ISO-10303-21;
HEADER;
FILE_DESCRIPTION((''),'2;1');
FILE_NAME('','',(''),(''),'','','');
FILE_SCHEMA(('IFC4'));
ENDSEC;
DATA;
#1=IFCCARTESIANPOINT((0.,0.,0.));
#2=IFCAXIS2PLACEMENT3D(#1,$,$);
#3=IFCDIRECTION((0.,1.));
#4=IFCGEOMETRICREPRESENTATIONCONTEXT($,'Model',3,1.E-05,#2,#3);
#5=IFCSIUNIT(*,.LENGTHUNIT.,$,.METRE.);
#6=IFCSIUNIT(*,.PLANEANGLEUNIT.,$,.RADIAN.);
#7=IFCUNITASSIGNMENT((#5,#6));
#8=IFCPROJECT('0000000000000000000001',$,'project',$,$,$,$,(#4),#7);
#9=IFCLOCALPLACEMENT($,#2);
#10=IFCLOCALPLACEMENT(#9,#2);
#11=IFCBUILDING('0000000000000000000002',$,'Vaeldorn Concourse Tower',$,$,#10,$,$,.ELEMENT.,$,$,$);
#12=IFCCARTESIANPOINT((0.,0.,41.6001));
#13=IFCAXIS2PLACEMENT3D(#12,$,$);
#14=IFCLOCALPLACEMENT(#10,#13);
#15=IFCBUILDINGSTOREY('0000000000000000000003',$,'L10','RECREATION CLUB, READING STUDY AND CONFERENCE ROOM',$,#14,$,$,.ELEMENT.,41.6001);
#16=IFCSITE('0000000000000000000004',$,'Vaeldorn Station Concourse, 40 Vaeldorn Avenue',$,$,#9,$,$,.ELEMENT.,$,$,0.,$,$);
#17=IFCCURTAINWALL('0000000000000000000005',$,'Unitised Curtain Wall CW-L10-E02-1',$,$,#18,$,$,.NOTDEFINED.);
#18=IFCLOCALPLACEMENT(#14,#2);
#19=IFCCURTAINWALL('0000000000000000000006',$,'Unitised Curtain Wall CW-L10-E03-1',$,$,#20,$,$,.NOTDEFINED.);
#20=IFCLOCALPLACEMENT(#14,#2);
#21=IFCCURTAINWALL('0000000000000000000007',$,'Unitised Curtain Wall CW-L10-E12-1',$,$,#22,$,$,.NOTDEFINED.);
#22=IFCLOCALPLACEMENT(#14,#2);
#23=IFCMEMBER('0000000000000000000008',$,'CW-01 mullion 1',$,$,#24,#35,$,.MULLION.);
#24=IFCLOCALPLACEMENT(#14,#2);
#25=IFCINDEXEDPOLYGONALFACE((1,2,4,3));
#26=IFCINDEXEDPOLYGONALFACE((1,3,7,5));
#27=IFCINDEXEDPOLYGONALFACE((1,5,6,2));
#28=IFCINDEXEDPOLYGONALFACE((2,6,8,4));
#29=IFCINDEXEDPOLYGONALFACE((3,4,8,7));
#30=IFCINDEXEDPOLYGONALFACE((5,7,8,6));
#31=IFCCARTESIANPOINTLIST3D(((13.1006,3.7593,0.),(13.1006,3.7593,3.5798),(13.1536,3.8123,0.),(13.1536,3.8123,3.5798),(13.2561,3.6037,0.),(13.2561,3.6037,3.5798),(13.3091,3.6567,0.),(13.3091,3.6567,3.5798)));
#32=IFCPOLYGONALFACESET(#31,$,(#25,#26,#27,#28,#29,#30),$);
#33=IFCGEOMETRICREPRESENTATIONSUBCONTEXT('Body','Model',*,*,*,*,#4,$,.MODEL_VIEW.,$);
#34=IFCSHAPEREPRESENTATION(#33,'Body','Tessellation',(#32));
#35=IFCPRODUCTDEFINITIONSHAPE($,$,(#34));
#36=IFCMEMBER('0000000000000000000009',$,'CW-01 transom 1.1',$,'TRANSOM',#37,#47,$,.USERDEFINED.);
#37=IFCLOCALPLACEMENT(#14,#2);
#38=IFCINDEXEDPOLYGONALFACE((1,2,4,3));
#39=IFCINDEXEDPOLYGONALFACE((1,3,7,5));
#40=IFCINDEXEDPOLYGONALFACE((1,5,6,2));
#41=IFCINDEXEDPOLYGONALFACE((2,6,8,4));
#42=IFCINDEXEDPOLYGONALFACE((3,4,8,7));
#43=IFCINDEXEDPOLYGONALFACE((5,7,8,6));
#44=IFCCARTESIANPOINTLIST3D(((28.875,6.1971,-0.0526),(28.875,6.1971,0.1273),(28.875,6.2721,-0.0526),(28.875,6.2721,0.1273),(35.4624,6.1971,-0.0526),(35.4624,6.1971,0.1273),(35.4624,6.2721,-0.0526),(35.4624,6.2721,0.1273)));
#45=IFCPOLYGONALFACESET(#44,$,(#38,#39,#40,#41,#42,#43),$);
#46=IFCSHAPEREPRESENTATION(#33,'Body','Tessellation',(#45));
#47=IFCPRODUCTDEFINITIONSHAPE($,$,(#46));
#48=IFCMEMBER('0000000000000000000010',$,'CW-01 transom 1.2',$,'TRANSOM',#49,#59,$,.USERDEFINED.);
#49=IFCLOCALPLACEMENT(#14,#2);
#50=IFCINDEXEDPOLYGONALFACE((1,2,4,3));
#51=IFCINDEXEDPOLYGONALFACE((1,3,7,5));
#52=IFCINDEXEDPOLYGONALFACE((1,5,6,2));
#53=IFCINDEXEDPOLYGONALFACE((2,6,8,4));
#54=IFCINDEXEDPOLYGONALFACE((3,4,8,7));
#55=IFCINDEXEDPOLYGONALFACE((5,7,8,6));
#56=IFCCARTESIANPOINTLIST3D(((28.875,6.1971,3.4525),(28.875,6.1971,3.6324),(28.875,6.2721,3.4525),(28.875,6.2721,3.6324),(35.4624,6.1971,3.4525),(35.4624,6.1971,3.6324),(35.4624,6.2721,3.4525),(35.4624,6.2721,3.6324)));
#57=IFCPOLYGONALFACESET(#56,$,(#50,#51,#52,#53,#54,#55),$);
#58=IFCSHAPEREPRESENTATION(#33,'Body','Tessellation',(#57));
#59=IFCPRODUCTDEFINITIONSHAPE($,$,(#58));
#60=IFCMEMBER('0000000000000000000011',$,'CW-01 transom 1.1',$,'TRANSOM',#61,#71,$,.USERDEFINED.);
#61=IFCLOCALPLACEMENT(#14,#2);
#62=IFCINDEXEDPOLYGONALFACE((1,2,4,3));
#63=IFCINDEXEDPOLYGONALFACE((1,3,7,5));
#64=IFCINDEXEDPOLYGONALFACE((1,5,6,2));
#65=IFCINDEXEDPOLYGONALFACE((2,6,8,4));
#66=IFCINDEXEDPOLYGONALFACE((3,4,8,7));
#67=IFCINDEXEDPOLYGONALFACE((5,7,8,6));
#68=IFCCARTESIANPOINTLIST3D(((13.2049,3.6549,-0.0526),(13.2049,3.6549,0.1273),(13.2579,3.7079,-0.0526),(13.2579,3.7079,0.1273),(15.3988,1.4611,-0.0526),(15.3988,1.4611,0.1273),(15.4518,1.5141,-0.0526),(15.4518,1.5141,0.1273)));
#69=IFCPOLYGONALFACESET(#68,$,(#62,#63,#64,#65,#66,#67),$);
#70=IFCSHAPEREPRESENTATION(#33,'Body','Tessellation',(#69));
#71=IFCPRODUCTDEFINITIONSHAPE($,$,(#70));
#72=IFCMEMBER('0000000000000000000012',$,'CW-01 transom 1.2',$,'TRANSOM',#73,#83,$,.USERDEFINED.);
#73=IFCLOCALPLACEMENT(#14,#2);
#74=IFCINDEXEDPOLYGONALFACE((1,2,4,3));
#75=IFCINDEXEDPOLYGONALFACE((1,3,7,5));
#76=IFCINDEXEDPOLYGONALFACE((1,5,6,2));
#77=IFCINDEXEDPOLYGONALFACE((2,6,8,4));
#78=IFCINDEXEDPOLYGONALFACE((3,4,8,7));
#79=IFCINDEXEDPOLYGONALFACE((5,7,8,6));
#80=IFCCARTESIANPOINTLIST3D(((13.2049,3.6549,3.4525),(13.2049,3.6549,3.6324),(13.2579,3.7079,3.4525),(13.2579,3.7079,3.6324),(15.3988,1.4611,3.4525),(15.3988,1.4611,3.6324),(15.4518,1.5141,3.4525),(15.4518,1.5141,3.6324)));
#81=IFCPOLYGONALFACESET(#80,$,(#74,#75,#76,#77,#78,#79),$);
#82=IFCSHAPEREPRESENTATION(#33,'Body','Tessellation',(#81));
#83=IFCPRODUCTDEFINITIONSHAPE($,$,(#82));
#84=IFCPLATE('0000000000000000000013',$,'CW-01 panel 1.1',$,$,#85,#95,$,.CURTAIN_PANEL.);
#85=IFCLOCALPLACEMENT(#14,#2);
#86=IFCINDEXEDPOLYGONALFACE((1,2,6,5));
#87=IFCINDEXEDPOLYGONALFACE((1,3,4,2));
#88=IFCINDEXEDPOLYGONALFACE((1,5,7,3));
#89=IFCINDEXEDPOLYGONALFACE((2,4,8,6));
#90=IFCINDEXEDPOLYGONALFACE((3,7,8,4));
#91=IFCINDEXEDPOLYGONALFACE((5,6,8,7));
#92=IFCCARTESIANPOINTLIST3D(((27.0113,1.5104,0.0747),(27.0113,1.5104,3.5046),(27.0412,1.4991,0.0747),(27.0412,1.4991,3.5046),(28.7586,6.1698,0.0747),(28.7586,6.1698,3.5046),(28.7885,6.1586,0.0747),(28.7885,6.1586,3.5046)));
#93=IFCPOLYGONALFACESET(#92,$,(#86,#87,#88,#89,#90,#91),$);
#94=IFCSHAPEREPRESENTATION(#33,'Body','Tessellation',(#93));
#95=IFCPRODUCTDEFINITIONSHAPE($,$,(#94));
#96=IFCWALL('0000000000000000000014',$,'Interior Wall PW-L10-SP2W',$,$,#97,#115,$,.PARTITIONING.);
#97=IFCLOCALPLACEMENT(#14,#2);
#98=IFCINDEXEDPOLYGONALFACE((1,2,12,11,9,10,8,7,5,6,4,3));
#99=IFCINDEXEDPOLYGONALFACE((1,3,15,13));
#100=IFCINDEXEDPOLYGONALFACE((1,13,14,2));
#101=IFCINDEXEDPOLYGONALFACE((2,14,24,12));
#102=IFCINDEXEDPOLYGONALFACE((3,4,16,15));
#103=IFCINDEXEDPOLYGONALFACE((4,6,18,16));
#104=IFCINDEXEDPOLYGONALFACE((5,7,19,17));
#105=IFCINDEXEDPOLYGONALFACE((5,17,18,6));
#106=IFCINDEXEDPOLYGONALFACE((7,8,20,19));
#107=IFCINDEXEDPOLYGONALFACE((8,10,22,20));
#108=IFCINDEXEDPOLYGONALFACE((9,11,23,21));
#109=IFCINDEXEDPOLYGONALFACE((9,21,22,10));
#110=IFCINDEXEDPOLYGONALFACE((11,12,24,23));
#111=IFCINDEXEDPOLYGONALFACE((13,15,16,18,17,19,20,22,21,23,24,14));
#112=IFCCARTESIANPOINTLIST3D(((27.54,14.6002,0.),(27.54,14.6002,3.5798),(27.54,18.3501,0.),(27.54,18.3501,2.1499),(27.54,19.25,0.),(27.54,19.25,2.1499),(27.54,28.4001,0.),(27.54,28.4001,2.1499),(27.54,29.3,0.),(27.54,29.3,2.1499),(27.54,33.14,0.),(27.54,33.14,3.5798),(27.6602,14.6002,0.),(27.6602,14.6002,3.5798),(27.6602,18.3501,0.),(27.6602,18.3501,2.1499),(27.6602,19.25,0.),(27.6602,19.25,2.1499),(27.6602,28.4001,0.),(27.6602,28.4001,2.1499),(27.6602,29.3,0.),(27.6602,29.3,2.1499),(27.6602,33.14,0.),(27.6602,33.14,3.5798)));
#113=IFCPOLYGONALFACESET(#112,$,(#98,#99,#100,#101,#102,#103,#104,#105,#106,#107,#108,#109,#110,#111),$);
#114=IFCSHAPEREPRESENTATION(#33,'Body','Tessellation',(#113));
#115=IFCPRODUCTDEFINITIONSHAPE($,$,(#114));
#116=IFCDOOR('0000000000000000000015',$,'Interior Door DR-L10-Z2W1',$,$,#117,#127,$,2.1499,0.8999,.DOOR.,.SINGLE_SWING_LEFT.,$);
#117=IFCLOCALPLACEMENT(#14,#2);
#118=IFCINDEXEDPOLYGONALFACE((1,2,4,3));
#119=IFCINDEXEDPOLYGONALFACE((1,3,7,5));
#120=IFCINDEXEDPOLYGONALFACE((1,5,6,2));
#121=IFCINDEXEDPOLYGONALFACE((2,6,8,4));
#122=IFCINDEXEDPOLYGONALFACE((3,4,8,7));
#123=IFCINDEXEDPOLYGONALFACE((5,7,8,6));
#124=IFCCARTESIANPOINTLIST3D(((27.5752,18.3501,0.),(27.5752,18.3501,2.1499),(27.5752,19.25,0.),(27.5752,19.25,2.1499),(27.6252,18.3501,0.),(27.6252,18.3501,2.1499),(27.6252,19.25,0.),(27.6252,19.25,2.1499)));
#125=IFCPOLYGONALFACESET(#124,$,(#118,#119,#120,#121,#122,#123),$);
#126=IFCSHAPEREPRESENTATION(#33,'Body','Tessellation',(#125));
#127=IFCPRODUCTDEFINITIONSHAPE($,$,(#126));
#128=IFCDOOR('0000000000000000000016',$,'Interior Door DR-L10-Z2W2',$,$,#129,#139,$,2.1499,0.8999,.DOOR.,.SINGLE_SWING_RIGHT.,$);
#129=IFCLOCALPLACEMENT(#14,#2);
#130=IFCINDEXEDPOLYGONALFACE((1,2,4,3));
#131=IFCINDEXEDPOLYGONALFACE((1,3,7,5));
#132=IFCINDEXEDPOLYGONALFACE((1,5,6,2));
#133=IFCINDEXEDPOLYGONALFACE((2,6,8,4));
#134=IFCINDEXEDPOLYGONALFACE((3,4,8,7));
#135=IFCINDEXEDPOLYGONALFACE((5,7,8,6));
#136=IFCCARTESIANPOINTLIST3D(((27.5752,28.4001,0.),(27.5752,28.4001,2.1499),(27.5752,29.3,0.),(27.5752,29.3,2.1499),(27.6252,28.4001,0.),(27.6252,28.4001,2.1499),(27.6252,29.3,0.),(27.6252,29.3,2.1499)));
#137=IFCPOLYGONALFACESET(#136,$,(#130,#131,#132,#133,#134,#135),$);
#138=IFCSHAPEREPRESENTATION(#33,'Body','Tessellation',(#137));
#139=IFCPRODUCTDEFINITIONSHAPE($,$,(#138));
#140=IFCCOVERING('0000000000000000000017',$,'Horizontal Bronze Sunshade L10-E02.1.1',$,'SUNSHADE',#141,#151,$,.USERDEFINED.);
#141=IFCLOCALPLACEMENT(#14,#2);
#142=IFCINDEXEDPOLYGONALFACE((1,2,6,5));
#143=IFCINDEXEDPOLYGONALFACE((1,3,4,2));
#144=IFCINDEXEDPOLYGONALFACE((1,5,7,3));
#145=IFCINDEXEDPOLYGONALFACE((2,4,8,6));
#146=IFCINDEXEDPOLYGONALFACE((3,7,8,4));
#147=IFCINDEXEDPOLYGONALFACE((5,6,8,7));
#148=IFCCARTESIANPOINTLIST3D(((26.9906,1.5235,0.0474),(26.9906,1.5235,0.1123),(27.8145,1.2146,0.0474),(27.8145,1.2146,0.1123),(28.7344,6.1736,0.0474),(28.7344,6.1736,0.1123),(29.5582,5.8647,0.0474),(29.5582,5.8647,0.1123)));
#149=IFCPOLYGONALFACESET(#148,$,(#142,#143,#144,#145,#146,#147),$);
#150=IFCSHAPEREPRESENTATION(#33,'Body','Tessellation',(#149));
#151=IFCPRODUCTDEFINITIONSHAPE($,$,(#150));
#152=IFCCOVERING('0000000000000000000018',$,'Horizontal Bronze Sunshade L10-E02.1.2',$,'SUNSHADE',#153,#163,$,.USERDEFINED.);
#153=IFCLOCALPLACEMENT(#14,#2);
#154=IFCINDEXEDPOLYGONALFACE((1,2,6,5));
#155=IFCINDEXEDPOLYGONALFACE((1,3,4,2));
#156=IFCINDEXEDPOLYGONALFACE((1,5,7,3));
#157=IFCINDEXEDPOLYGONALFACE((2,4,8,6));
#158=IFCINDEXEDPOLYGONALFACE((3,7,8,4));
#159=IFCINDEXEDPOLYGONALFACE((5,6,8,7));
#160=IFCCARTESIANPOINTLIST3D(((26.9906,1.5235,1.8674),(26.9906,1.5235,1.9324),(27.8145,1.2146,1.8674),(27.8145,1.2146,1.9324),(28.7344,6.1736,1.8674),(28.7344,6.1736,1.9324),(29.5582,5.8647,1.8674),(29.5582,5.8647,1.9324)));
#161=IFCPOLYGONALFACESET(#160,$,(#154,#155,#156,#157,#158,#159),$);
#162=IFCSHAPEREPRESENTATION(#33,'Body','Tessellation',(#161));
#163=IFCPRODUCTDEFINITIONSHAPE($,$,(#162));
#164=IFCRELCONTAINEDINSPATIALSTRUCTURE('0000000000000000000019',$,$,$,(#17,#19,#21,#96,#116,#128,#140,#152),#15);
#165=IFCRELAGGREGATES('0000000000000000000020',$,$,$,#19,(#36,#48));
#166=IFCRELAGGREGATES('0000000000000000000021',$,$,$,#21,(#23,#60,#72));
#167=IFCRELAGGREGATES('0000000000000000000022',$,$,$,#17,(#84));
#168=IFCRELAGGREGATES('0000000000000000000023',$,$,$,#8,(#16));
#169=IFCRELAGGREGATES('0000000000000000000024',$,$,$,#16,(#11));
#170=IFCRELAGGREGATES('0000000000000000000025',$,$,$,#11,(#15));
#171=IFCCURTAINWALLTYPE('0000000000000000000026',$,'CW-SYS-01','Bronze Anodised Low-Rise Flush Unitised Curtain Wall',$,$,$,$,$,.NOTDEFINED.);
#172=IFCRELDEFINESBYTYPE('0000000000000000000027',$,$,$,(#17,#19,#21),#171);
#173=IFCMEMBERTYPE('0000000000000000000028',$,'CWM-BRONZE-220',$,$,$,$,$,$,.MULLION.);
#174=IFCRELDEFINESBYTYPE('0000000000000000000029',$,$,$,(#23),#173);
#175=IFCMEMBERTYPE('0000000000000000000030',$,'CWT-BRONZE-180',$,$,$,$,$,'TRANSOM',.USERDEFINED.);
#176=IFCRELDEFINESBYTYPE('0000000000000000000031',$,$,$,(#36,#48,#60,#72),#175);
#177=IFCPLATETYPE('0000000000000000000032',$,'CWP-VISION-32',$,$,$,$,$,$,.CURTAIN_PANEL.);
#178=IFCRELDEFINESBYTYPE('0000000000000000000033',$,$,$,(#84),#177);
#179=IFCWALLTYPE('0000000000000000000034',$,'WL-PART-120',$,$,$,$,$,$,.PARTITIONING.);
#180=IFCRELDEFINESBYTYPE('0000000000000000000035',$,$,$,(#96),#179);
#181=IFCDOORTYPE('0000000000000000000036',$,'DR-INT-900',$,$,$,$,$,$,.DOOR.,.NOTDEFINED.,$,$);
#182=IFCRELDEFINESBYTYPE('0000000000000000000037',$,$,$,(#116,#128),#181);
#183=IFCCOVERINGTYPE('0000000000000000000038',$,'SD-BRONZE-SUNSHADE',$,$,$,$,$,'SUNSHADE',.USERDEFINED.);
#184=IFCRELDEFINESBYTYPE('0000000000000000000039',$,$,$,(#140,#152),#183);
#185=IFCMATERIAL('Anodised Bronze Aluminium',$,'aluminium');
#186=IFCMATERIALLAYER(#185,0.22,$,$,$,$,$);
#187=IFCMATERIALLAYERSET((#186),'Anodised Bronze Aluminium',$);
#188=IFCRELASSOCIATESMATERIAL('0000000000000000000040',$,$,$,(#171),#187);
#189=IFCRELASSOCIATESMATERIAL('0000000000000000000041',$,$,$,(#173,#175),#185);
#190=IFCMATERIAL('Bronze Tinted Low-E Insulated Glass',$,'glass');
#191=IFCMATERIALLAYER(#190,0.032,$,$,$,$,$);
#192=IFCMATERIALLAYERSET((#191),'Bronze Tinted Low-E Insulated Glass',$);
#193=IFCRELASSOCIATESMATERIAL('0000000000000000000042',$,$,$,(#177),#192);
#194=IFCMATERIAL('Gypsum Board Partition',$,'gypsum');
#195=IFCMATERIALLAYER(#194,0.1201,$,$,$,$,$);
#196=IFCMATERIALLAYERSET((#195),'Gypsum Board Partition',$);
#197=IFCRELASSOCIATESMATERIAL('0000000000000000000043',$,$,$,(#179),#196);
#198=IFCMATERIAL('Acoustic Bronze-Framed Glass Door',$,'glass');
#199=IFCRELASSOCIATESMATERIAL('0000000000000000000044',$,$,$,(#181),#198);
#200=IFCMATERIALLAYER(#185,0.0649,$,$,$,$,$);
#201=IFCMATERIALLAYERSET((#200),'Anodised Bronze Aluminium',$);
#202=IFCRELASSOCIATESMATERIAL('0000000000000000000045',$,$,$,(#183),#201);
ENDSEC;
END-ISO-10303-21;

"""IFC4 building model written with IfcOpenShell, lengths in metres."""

from ifc_helpers import new_model, si_unit, direction, frame, frame_2d, origin, origin_2d, place, context, subcontext, project, spatial, rectangle, extrude, source, transform, mapped, material, layer, layer_set, material_profile, profile_set, type_object, element, fill, aggregate, save


model = new_model("IFC4")

# Units and contexts
model_context = context("Model", 3, precision=1e-05, world=origin(), true_north=direction((0.0, 1.0)))
body_context = subcontext(model_context, "Body", "Model", "MODEL_VIEW")
ifc_project = project(units=[si_unit("LENGTHUNIT", "METRE"), si_unit("PLANEANGLEUNIT", "RADIAN")], contexts=[model_context])

# Site, building, storey
site_placement = place(None, origin())
site = spatial("IfcSite", under=ifc_project, at=site_placement, Name="Vaeldorn Station Concourse, 40 Vaeldorn Avenue", CompositionType="ELEMENT", RefElevation=0.0)
building_placement = place(site_placement, origin())
building = spatial("IfcBuilding", under=site, at=building_placement, Name="Vaeldorn Concourse Tower", CompositionType="ELEMENT")
storey_placement = place(building_placement, frame((0.0, 0.0, 41.6001)))
storey = spatial("IfcBuildingStorey", under=building, at=storey_placement, Name="L10", Description="RECREATION CLUB, READING STUDY AND CONFERENCE ROOM", CompositionType="ELEMENT", Elevation=41.6001)

# Curtain walls, member
ifc_material_1 = material(Name="Anodised Bronze Aluminium", Category="aluminium")
ifc_layer_1 = layer(ifc_material_1, 0.22)
ifc_layer_set_1 = layer_set([ifc_layer_1], Name="Anodised Bronze Aluminium")
curtain_wall_type = type_object("IfcCurtainWallType", Name="CW-SYS-01", Description="Bronze Anodised Low-Rise Flush Unitised Curtain Wall", PredefinedType="NOTDEFINED", material=ifc_layer_set_1)
curtain_wall_1_placement = place(storey_placement, origin())
curtain_wall_1 = element("IfcCurtainWall", 1, at=curtain_wall_1_placement, inside=storey, type_object=curtain_wall_type, Name="Unitised Curtain Wall CW-L10-E02-1", PredefinedType="NOTDEFINED")
ifc_material_profile_1 = material_profile(ifc_material_1, rectangle(XDim=0.075, YDim=0.22, at=origin_2d()), Name="CWM 75x220")
ifc_profile_set_1 = profile_set([ifc_material_profile_1], Name="Anodised Bronze Aluminium")
member_type_1 = type_object("IfcMemberType", Name="CWM-BRONZE-220", PredefinedType="MULLION", material=ifc_profile_set_1)
shared_shape_1 = source(origin(), body_context, "Body", "SweptSolid", [
    extrude(rectangle(XDim=0.075, YDim=0.22, at=origin_2d()), origin(), (0.0, 0.0, 1.0), 3.5798),
])
curtain_wall_2_placement = place(storey_placement, origin())
curtain_wall_2 = element("IfcCurtainWall", 2, at=curtain_wall_2_placement, inside=storey, type_object=curtain_wall_type, Name="Unitised Curtain Wall CW-L10-E03-1", PredefinedType="NOTDEFINED")
curtain_wall_3_placement = place(storey_placement, origin())
curtain_wall_3 = element("IfcCurtainWall", 3, at=curtain_wall_3_placement, inside=storey, type_object=curtain_wall_type, Name="Unitised Curtain Wall CW-L10-E12-1", PredefinedType="NOTDEFINED")
member_1_placement = place(storey_placement, frame((13.2048, 3.708, 0.0), z_axis=(0.0, 0.0, 1.0), x_axis=(0.707107, 0.707107, 0.0)))
member_1 = element("IfcMember", 4, at=member_1_placement, type_object=member_type_1, Name="CW-01 mullion 1", PredefinedType="MULLION", context=body_context, shape_type="MappedRepresentation", body=[
    mapped(shared_shape_1, transform((0.0, 0.0, 0.0), scale=1.0)),
])

# Members
ifc_material_profile_2 = material_profile(ifc_material_1, rectangle(XDim=0.075, YDim=0.1799, at=origin_2d()), Name="CWT 75x180")
ifc_profile_set_2 = profile_set([ifc_material_profile_2], Name="Anodised Bronze Aluminium")
member_type_2 = type_object("IfcMemberType", Name="CWT-BRONZE-180", ElementType="TRANSOM", PredefinedType="USERDEFINED", material=ifc_profile_set_2)
shared_shape_2 = source(origin(), body_context, "Body", "SweptSolid", [
    extrude(rectangle(XDim=0.075, YDim=0.1799, at=origin_2d()), origin(), (0.0, 0.0, 1.0), 6.5874),
])
member_2_placement = place(storey_placement, frame((28.875, 6.2346, 0.0374), z_axis=(1.0, 0.0, 0.0), x_axis=(0.0, 1.0, 0.0)))
member_2 = element("IfcMember", 5, at=member_2_placement, type_object=member_type_2, Name="CW-01 transom 1.1", ObjectType="TRANSOM", PredefinedType="USERDEFINED", context=body_context, shape_type="MappedRepresentation", body=[
    mapped(shared_shape_2, transform((0.0, 0.0, 0.0), scale=1.0)),
])
member_3_placement = place(storey_placement, frame((28.875, 6.2346, 3.5425), z_axis=(1.0, 0.0, 0.0), x_axis=(0.0, 1.0, 0.0)))
member_3 = element("IfcMember", 6, at=member_3_placement, type_object=member_type_2, Name="CW-01 transom 1.2", ObjectType="TRANSOM", PredefinedType="USERDEFINED", context=body_context, shape_type="MappedRepresentation", body=[
    mapped(shared_shape_2, transform((0.0, 0.0, 0.0), scale=1.0)),
])
aggregate(curtain_wall_2, [member_2, member_3])
shared_shape_3 = source(origin(), body_context, "Body", "SweptSolid", [
    extrude(rectangle(XDim=0.075, YDim=0.1799, at=origin_2d()), origin(), (0.0, 0.0, 1.0), 3.1025),
])
member_4_placement = place(storey_placement, frame((13.2314, 3.6814, 0.0374), z_axis=(0.707107, -0.707107, 0.0), x_axis=(0.707107, 0.707107, 0.0)))
member_4 = element("IfcMember", 7, at=member_4_placement, type_object=member_type_2, Name="CW-01 transom 1.1", ObjectType="TRANSOM", PredefinedType="USERDEFINED", context=body_context, shape_type="MappedRepresentation", body=[
    mapped(shared_shape_3, transform((0.0, 0.0, 0.0), scale=1.0)),
])
member_5_placement = place(storey_placement, frame((13.2314, 3.6814, 3.5425), z_axis=(0.707107, -0.707107, 0.0), x_axis=(0.707107, 0.707107, 0.0)))
member_5 = element("IfcMember", 8, at=member_5_placement, type_object=member_type_2, Name="CW-01 transom 1.2", ObjectType="TRANSOM", PredefinedType="USERDEFINED", context=body_context, shape_type="MappedRepresentation", body=[
    mapped(shared_shape_3, transform((0.0, 0.0, 0.0), scale=1.0)),
])
aggregate(curtain_wall_3, [member_1, member_4, member_5])

# Plate
ifc_material_2 = material(Name="Bronze Tinted Low-E Insulated Glass", Category="glass")
ifc_layer_2 = layer(ifc_material_2, 0.032)
ifc_layer_set_2 = layer_set([ifc_layer_2], Name="Bronze Tinted Low-E Insulated Glass")
plate_type = type_object("IfcPlateType", Name="CWP-VISION-32", PredefinedType="CURTAIN_PANEL", material=ifc_layer_set_2)
shared_shape_4 = source(origin(), body_context, "Body", "SweptSolid", [
    extrude(rectangle(XDim=4.9763, YDim=0.032, at=origin_2d()), origin(), (0.0, 0.0, 1.0), 3.4299),
])
plate_placement = place(storey_placement, frame((27.8999, 3.8345, 0.0747), z_axis=(0.0, 0.0, 1.0), x_axis=(0.351123, 0.936329, 0.0)))
plate = element("IfcPlate", 9, at=plate_placement, type_object=plate_type, Name="CW-01 panel 1.1", PredefinedType="CURTAIN_PANEL", context=body_context, shape_type="MappedRepresentation", body=[
    mapped(shared_shape_4, transform((0.0, 0.0, 0.0), scale=1.0)),
])
aggregate(curtain_wall_1, [plate])

# Wall, openings, doors
ifc_material_3 = material(Name="Gypsum Board Partition", Category="gypsum")
ifc_layer_3 = layer(ifc_material_3, 0.1201)
ifc_layer_set_3 = layer_set([ifc_layer_3], Name="Gypsum Board Partition")
wall_type = type_object("IfcWallType", Name="WL-PART-120", PredefinedType="PARTITIONING", material=ifc_layer_set_3)
wall_1_placement = place(storey_placement, frame((27.6001, 14.6001, 0.0), z_axis=(0.0, 0.0, 1.0), x_axis=(0.0, 1.0, 0.0)))
wall_1 = element("IfcWall", 10, at=wall_1_placement, inside=storey, type_object=wall_type, Name="Interior Wall PW-L10-SP2W", PredefinedType="PARTITIONING", context=body_context, shape_type="SweptSolid", body=[
    extrude(rectangle(XDim=18.5398, YDim=0.1201, at=frame_2d((9.27, 0.0))), origin(), (0.0, 0.0, 1.0), 3.5798),
])
opening_1_placement = place(wall_1_placement, frame((3.75, 0.0, 0.0)))
opening_1 = element("IfcOpeningElement", 11, at=opening_1_placement, cuts=wall_1, PredefinedType="OPENING", context=body_context, shape_type="SweptSolid", body=[
    extrude(rectangle(XDim=0.8999, YDim=2.1499, at=frame_2d((0.45, 1.075))), frame((0.0, 0.0701, 0.0), z_axis=(0.0, -1.0, 0.0), x_axis=(1.0, 0.0, 0.0)), (0.0, 0.0, 1.0), 0.1401),
])
opening_2_placement = place(wall_1_placement, frame((13.8, 0.0, 0.0)))
opening_2 = element("IfcOpeningElement", 12, at=opening_2_placement, cuts=wall_1, PredefinedType="OPENING", context=body_context, shape_type="SweptSolid", body=[
    extrude(rectangle(XDim=0.8999, YDim=2.1499, at=frame_2d((0.45, 1.075))), frame((0.0, 0.0701, 0.0), z_axis=(0.0, -1.0, 0.0), x_axis=(1.0, 0.0, 0.0)), (0.0, 0.0, 1.0), 0.1401),
])
ifc_material_4 = material(Name="Acoustic Bronze-Framed Glass Door", Category="glass")
door_type = type_object("IfcDoorType", Name="DR-INT-900", OperationType="NOTDEFINED", PredefinedType="DOOR", material=ifc_material_4)
shared_shape_5 = source(origin(), body_context, "Body", "SweptSolid", [
    extrude(rectangle(XDim=0.8999, YDim=2.1499, at=frame_2d((0.45, 1.075))), frame((0.0, 0.0249, 0.0), z_axis=(0.0, -1.0, 0.0), x_axis=(1.0, 0.0, 0.0)), (0.0, 0.0, 1.0), 0.05),
])
door_1_placement = place(opening_1_placement, origin())
door_1 = element("IfcDoor", 13, at=door_1_placement, inside=storey, type_object=door_type, Name="Interior Door DR-L10-Z2W1", OperationType="SINGLE_SWING_LEFT", OverallHeight=2.1499, OverallWidth=0.8999, PredefinedType="DOOR", context=body_context, shape_type="MappedRepresentation", body=[
    mapped(shared_shape_5, transform((0.0, 0.0, 0.0), scale=1.0)),
])
fill(opening_1, door_1)
door_2_placement = place(opening_2_placement, origin())
door_2 = element("IfcDoor", 14, at=door_2_placement, inside=storey, type_object=door_type, Name="Interior Door DR-L10-Z2W2", OperationType="SINGLE_SWING_RIGHT", OverallHeight=2.1499, OverallWidth=0.8999, PredefinedType="DOOR", context=body_context, shape_type="MappedRepresentation", body=[
    mapped(shared_shape_5, transform((0.0, 0.0, 0.0), scale=1.0)),
])
fill(opening_2, door_2)

# Coverings
ifc_layer_4 = layer(ifc_material_1, 0.0649)
ifc_layer_set_4 = layer_set([ifc_layer_4], Name="Anodised Bronze Aluminium")
covering_type = type_object("IfcCoveringType", Name="SD-BRONZE-SUNSHADE", ElementType="SUNSHADE", PredefinedType="USERDEFINED", material=ifc_layer_set_4)
shared_shape_6 = source(origin(), body_context, "Body", "SweptSolid", [
    extrude(rectangle(XDim=4.9663, YDim=0.8799, at=origin_2d()), origin(), (0.0, 0.0, 1.0), 0.0649),
])
for number, where, z_axis, x_axis, name in (
    (15, (28.2744, 3.6941, 0.0474), (0.0, 0.0, 1.0), (0.351123, 0.936329, 0.0), "Horizontal Bronze Sunshade L10-E02.1.1"),
    (16, (28.2744, 3.6941, 1.8674), (0.0, 0.0, 1.0), (0.351123, 0.936329, 0.0), "Horizontal Bronze Sunshade L10-E02.1.2"),
):
    element("IfcCovering", number, at=place(storey_placement, frame(where, z_axis=z_axis, x_axis=x_axis)), inside=storey, type_object=covering_type, Name=name, ObjectType="SUNSHADE", PredefinedType="USERDEFINED", context=body_context, shape_type="MappedRepresentation", body=[
        mapped(shared_shape_6, transform((0.0, 0.0, 0.0), scale=1.0)),
    ])

save(model, "model.ifc")
